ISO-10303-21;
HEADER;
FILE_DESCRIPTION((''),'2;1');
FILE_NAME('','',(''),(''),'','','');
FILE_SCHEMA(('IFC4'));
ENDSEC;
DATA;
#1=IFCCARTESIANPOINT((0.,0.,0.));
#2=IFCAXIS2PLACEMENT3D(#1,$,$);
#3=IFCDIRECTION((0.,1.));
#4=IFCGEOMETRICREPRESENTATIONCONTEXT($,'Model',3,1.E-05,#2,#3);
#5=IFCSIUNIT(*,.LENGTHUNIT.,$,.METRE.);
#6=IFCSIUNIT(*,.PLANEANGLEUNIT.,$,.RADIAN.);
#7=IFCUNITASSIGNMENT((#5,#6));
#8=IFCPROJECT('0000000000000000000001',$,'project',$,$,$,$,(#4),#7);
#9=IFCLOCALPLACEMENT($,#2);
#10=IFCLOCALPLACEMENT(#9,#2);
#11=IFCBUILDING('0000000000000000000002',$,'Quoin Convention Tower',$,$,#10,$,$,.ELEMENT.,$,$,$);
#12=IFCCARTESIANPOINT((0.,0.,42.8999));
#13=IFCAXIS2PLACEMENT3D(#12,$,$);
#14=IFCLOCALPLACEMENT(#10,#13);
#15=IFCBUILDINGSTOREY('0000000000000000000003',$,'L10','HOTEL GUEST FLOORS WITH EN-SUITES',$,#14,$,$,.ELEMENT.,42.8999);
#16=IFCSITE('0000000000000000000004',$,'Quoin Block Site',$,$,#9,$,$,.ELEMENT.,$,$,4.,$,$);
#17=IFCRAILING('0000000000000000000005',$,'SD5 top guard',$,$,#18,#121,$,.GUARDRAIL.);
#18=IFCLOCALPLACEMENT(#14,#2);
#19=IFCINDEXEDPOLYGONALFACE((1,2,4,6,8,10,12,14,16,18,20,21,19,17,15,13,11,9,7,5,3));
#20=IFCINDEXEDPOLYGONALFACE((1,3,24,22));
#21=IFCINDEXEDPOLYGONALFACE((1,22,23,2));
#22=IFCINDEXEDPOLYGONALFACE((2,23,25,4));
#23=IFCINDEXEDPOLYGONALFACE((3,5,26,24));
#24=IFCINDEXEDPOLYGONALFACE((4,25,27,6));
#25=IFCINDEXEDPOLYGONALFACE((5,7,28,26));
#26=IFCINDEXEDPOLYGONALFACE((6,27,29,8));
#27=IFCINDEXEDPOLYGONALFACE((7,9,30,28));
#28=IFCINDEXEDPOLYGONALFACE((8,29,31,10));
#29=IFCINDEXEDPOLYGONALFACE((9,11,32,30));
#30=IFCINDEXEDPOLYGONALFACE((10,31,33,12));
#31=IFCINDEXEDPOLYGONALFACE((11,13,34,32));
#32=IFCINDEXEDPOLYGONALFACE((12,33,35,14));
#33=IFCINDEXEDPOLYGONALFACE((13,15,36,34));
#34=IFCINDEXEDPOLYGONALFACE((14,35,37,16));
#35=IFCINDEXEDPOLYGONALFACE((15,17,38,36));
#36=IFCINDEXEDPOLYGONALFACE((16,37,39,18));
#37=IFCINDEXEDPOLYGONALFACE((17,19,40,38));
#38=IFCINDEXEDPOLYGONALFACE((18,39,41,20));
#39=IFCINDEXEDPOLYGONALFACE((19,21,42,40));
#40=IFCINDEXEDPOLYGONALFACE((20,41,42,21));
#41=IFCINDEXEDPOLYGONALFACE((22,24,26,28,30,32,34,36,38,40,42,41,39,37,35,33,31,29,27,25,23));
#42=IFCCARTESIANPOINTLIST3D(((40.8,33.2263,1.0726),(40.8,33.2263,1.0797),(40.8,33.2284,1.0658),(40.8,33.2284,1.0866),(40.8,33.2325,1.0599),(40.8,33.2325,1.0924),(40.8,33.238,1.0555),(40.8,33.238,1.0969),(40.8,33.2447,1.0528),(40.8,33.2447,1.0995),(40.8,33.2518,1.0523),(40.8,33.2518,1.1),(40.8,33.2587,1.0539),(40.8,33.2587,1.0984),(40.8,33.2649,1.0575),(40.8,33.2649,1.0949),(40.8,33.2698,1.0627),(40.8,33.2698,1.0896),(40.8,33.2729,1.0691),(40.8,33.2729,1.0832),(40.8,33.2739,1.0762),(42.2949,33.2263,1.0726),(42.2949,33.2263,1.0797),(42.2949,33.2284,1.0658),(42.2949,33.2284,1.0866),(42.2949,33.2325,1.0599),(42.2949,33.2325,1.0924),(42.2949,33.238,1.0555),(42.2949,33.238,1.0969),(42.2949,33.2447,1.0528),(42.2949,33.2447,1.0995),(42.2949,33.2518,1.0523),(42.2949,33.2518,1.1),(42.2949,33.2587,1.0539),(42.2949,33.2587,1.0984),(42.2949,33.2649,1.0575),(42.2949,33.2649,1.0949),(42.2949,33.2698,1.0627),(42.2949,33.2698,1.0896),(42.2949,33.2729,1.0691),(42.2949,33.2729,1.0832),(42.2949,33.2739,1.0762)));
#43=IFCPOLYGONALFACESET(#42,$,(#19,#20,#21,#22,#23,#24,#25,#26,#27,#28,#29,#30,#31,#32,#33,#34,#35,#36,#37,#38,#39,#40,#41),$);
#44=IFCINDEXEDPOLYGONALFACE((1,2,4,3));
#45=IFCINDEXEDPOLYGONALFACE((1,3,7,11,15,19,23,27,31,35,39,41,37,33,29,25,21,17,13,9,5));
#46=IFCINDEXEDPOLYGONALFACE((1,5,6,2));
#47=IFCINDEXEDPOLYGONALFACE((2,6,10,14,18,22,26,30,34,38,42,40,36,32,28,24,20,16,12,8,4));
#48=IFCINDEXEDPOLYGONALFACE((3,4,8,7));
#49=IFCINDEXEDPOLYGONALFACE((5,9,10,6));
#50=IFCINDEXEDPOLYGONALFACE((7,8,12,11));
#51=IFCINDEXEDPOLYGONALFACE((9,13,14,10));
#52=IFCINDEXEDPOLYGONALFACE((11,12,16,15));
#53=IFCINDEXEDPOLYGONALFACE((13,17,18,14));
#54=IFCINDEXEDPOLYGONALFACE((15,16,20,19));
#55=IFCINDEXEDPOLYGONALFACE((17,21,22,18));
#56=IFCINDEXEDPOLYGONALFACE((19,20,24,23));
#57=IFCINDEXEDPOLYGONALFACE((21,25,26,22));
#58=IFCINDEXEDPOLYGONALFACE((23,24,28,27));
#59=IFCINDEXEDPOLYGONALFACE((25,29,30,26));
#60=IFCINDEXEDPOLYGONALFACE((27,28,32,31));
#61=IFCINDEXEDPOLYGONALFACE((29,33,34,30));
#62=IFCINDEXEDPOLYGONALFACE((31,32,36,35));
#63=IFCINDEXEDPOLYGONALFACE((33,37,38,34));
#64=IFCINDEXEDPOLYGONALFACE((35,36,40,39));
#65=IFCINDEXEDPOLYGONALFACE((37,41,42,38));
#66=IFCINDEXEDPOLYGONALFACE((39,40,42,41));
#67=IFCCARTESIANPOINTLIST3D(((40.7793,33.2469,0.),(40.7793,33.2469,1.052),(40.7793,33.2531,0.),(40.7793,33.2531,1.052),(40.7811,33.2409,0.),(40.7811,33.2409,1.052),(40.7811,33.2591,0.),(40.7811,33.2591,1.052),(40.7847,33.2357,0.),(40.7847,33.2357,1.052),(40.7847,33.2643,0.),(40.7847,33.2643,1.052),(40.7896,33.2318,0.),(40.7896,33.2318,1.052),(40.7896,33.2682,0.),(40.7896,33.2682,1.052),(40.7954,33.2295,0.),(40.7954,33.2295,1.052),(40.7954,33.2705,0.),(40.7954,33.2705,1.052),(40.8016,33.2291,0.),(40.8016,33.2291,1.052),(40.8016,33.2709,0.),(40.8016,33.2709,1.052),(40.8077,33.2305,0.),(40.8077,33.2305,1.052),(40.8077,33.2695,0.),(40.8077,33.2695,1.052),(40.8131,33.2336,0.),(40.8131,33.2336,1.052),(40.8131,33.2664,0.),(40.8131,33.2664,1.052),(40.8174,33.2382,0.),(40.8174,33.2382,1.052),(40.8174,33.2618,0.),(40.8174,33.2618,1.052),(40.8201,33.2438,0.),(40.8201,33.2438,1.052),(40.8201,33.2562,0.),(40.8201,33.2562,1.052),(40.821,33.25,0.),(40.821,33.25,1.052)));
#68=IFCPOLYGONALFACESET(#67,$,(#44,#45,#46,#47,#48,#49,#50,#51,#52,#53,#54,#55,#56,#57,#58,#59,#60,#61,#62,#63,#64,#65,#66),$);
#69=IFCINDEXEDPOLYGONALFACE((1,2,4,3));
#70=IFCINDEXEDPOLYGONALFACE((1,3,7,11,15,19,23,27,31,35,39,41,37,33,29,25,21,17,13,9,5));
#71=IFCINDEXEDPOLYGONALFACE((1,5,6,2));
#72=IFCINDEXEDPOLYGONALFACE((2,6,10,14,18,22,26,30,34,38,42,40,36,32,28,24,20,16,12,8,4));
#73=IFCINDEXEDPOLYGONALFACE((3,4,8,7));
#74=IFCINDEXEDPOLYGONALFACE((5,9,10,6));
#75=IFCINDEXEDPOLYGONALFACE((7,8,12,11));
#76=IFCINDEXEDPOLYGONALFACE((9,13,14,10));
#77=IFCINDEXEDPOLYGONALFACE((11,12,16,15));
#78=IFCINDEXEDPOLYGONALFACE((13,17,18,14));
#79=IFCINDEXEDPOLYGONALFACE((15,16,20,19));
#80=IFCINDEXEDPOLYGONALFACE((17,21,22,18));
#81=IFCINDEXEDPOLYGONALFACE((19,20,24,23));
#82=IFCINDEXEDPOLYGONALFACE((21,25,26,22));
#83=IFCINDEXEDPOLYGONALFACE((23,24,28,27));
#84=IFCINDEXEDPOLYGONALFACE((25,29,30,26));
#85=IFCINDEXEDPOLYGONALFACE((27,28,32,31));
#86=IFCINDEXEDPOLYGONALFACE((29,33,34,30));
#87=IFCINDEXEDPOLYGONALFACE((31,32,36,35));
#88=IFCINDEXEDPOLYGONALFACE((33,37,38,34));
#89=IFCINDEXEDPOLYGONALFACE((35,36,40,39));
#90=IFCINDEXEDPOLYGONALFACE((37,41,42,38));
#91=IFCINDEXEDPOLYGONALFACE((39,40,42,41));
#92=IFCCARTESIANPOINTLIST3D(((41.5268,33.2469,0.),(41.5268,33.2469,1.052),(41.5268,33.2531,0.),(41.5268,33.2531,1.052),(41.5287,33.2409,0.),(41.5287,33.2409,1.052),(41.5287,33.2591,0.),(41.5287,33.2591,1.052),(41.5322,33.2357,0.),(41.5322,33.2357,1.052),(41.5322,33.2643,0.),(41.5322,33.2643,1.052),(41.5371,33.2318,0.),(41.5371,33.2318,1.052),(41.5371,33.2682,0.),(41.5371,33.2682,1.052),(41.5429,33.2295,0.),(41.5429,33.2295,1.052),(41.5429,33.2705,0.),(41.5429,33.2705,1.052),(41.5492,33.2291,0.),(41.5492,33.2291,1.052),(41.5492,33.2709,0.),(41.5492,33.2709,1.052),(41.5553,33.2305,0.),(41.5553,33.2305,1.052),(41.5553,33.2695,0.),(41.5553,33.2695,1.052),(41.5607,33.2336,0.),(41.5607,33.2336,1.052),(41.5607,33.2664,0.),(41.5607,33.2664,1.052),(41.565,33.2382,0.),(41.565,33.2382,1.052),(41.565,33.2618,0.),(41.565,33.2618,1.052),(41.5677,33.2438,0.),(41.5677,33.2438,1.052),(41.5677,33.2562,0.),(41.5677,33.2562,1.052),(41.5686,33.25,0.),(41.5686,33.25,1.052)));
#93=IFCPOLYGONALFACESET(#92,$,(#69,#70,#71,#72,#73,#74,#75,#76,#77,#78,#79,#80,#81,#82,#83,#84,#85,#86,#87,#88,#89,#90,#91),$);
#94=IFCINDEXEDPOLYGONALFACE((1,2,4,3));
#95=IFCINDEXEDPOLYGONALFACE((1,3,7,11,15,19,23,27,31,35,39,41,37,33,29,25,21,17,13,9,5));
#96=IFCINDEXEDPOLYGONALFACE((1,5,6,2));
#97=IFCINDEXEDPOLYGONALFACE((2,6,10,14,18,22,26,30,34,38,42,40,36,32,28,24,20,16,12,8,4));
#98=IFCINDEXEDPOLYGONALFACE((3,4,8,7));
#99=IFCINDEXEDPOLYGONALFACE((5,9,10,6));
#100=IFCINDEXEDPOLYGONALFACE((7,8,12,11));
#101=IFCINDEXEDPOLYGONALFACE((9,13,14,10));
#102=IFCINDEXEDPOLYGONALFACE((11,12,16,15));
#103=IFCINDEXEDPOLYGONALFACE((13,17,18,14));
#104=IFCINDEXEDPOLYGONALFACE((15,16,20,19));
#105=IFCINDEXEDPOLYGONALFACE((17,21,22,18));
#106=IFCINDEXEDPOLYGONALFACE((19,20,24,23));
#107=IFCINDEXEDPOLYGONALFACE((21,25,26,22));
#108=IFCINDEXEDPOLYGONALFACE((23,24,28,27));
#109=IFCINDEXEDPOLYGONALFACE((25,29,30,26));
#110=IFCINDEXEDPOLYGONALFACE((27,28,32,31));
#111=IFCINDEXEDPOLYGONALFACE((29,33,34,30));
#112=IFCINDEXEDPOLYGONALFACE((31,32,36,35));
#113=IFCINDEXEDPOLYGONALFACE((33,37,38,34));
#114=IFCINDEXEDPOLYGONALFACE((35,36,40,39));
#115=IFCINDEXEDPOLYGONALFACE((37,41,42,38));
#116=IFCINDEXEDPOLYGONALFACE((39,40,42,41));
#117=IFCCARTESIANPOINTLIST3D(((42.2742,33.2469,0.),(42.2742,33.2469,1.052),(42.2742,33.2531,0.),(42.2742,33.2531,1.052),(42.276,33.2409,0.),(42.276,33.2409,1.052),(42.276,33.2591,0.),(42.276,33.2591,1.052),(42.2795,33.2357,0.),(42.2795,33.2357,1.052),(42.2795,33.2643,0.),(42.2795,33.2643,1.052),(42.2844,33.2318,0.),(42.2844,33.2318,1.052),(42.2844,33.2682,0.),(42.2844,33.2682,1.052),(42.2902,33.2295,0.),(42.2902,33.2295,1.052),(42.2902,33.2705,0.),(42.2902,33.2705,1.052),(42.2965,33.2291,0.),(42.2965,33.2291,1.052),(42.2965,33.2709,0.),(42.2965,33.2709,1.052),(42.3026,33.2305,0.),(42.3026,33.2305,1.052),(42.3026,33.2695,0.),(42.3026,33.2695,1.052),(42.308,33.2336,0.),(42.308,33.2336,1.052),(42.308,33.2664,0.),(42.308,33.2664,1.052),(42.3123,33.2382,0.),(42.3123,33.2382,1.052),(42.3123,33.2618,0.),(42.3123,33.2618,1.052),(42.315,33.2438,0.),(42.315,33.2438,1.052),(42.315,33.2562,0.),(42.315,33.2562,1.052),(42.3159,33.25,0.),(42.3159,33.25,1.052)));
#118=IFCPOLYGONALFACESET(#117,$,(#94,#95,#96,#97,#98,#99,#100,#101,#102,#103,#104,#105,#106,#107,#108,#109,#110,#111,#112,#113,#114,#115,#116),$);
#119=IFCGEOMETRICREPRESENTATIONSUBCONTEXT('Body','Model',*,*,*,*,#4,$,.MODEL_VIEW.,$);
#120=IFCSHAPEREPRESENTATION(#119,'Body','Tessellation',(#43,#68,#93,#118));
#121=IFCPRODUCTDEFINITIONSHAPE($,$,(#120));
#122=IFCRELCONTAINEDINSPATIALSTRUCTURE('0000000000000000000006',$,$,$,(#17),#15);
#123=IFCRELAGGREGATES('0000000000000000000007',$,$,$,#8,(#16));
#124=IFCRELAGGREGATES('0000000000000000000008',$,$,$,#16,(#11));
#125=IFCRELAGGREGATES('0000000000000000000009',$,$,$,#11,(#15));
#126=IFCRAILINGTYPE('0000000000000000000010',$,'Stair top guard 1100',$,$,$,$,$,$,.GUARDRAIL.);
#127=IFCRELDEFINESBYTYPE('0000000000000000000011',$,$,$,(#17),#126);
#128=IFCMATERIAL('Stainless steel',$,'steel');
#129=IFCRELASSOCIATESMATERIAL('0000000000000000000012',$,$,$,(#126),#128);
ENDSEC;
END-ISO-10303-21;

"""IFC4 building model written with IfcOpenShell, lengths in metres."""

from ifc_helpers import new_model, si_unit, direction, frame, origin, origin_2d, place, context, subcontext, project, spatial, circle, extrude, material, type_object, element, save


model = new_model("IFC4")

# Units and contexts
model_context = context("Model", 3, precision=1e-05, world=origin(), true_north=direction((0.0, 1.0)))
body_context = subcontext(model_context, "Body", "Model", "MODEL_VIEW")
ifc_project = project(units=[si_unit("LENGTHUNIT", "METRE"), si_unit("PLANEANGLEUNIT", "RADIAN")], contexts=[model_context])

# Site, building, storey
site_placement = place(None, origin())
site = spatial("IfcSite", under=ifc_project, at=site_placement, Name="Quoin Block Site", CompositionType="ELEMENT", RefElevation=4.0)
building_placement = place(site_placement, origin())
building = spatial("IfcBuilding", under=site, at=building_placement, Name="Quoin Convention Tower", CompositionType="ELEMENT")
storey_placement = place(building_placement, frame((0.0, 0.0, 42.8999)))
storey = spatial("IfcBuildingStorey", under=building, at=storey_placement, Name="L10", Description="HOTEL GUEST FLOORS WITH EN-SUITES", CompositionType="ELEMENT", Elevation=42.8999)

# Railing
ifc_material_1 = material(Name="Stainless steel", Category="steel")
railing_type_1 = type_object("IfcRailingType", Name="Stair top guard 1100", PredefinedType="GUARDRAIL", material=ifc_material_1)
railing_1_placement = place(storey_placement, frame((40.8, 33.25, 0.0)))
element("IfcRailing", 1, at=railing_1_placement, inside=storey, type_object=railing_type_1, Name="SD5 top guard", PredefinedType="GUARDRAIL", context=body_context, shape_type="SweptSolid", body=[
    extrude(circle(Radius=0.0239, at=origin_2d()), frame((0.0, 0.0, 1.0762), z_axis=(1.0, 0.0, 0.0), x_axis=(0.0, 1.0, 0.0)), (0.0, 0.0, 1.0), 1.4949),
    extrude(circle(Radius=0.021, at=origin_2d()), origin(), (0.0, 0.0, 1.0), 1.052),
    extrude(circle(Radius=0.021, at=origin_2d()), frame((0.7476, 0.0, 0.0)), (0.0, 0.0, 1.0), 1.052),
    extrude(circle(Radius=0.021, at=origin_2d()), frame((1.4949, 0.0, 0.0)), (0.0, 0.0, 1.0), 1.052),
])

save(model, "model.ifc")
